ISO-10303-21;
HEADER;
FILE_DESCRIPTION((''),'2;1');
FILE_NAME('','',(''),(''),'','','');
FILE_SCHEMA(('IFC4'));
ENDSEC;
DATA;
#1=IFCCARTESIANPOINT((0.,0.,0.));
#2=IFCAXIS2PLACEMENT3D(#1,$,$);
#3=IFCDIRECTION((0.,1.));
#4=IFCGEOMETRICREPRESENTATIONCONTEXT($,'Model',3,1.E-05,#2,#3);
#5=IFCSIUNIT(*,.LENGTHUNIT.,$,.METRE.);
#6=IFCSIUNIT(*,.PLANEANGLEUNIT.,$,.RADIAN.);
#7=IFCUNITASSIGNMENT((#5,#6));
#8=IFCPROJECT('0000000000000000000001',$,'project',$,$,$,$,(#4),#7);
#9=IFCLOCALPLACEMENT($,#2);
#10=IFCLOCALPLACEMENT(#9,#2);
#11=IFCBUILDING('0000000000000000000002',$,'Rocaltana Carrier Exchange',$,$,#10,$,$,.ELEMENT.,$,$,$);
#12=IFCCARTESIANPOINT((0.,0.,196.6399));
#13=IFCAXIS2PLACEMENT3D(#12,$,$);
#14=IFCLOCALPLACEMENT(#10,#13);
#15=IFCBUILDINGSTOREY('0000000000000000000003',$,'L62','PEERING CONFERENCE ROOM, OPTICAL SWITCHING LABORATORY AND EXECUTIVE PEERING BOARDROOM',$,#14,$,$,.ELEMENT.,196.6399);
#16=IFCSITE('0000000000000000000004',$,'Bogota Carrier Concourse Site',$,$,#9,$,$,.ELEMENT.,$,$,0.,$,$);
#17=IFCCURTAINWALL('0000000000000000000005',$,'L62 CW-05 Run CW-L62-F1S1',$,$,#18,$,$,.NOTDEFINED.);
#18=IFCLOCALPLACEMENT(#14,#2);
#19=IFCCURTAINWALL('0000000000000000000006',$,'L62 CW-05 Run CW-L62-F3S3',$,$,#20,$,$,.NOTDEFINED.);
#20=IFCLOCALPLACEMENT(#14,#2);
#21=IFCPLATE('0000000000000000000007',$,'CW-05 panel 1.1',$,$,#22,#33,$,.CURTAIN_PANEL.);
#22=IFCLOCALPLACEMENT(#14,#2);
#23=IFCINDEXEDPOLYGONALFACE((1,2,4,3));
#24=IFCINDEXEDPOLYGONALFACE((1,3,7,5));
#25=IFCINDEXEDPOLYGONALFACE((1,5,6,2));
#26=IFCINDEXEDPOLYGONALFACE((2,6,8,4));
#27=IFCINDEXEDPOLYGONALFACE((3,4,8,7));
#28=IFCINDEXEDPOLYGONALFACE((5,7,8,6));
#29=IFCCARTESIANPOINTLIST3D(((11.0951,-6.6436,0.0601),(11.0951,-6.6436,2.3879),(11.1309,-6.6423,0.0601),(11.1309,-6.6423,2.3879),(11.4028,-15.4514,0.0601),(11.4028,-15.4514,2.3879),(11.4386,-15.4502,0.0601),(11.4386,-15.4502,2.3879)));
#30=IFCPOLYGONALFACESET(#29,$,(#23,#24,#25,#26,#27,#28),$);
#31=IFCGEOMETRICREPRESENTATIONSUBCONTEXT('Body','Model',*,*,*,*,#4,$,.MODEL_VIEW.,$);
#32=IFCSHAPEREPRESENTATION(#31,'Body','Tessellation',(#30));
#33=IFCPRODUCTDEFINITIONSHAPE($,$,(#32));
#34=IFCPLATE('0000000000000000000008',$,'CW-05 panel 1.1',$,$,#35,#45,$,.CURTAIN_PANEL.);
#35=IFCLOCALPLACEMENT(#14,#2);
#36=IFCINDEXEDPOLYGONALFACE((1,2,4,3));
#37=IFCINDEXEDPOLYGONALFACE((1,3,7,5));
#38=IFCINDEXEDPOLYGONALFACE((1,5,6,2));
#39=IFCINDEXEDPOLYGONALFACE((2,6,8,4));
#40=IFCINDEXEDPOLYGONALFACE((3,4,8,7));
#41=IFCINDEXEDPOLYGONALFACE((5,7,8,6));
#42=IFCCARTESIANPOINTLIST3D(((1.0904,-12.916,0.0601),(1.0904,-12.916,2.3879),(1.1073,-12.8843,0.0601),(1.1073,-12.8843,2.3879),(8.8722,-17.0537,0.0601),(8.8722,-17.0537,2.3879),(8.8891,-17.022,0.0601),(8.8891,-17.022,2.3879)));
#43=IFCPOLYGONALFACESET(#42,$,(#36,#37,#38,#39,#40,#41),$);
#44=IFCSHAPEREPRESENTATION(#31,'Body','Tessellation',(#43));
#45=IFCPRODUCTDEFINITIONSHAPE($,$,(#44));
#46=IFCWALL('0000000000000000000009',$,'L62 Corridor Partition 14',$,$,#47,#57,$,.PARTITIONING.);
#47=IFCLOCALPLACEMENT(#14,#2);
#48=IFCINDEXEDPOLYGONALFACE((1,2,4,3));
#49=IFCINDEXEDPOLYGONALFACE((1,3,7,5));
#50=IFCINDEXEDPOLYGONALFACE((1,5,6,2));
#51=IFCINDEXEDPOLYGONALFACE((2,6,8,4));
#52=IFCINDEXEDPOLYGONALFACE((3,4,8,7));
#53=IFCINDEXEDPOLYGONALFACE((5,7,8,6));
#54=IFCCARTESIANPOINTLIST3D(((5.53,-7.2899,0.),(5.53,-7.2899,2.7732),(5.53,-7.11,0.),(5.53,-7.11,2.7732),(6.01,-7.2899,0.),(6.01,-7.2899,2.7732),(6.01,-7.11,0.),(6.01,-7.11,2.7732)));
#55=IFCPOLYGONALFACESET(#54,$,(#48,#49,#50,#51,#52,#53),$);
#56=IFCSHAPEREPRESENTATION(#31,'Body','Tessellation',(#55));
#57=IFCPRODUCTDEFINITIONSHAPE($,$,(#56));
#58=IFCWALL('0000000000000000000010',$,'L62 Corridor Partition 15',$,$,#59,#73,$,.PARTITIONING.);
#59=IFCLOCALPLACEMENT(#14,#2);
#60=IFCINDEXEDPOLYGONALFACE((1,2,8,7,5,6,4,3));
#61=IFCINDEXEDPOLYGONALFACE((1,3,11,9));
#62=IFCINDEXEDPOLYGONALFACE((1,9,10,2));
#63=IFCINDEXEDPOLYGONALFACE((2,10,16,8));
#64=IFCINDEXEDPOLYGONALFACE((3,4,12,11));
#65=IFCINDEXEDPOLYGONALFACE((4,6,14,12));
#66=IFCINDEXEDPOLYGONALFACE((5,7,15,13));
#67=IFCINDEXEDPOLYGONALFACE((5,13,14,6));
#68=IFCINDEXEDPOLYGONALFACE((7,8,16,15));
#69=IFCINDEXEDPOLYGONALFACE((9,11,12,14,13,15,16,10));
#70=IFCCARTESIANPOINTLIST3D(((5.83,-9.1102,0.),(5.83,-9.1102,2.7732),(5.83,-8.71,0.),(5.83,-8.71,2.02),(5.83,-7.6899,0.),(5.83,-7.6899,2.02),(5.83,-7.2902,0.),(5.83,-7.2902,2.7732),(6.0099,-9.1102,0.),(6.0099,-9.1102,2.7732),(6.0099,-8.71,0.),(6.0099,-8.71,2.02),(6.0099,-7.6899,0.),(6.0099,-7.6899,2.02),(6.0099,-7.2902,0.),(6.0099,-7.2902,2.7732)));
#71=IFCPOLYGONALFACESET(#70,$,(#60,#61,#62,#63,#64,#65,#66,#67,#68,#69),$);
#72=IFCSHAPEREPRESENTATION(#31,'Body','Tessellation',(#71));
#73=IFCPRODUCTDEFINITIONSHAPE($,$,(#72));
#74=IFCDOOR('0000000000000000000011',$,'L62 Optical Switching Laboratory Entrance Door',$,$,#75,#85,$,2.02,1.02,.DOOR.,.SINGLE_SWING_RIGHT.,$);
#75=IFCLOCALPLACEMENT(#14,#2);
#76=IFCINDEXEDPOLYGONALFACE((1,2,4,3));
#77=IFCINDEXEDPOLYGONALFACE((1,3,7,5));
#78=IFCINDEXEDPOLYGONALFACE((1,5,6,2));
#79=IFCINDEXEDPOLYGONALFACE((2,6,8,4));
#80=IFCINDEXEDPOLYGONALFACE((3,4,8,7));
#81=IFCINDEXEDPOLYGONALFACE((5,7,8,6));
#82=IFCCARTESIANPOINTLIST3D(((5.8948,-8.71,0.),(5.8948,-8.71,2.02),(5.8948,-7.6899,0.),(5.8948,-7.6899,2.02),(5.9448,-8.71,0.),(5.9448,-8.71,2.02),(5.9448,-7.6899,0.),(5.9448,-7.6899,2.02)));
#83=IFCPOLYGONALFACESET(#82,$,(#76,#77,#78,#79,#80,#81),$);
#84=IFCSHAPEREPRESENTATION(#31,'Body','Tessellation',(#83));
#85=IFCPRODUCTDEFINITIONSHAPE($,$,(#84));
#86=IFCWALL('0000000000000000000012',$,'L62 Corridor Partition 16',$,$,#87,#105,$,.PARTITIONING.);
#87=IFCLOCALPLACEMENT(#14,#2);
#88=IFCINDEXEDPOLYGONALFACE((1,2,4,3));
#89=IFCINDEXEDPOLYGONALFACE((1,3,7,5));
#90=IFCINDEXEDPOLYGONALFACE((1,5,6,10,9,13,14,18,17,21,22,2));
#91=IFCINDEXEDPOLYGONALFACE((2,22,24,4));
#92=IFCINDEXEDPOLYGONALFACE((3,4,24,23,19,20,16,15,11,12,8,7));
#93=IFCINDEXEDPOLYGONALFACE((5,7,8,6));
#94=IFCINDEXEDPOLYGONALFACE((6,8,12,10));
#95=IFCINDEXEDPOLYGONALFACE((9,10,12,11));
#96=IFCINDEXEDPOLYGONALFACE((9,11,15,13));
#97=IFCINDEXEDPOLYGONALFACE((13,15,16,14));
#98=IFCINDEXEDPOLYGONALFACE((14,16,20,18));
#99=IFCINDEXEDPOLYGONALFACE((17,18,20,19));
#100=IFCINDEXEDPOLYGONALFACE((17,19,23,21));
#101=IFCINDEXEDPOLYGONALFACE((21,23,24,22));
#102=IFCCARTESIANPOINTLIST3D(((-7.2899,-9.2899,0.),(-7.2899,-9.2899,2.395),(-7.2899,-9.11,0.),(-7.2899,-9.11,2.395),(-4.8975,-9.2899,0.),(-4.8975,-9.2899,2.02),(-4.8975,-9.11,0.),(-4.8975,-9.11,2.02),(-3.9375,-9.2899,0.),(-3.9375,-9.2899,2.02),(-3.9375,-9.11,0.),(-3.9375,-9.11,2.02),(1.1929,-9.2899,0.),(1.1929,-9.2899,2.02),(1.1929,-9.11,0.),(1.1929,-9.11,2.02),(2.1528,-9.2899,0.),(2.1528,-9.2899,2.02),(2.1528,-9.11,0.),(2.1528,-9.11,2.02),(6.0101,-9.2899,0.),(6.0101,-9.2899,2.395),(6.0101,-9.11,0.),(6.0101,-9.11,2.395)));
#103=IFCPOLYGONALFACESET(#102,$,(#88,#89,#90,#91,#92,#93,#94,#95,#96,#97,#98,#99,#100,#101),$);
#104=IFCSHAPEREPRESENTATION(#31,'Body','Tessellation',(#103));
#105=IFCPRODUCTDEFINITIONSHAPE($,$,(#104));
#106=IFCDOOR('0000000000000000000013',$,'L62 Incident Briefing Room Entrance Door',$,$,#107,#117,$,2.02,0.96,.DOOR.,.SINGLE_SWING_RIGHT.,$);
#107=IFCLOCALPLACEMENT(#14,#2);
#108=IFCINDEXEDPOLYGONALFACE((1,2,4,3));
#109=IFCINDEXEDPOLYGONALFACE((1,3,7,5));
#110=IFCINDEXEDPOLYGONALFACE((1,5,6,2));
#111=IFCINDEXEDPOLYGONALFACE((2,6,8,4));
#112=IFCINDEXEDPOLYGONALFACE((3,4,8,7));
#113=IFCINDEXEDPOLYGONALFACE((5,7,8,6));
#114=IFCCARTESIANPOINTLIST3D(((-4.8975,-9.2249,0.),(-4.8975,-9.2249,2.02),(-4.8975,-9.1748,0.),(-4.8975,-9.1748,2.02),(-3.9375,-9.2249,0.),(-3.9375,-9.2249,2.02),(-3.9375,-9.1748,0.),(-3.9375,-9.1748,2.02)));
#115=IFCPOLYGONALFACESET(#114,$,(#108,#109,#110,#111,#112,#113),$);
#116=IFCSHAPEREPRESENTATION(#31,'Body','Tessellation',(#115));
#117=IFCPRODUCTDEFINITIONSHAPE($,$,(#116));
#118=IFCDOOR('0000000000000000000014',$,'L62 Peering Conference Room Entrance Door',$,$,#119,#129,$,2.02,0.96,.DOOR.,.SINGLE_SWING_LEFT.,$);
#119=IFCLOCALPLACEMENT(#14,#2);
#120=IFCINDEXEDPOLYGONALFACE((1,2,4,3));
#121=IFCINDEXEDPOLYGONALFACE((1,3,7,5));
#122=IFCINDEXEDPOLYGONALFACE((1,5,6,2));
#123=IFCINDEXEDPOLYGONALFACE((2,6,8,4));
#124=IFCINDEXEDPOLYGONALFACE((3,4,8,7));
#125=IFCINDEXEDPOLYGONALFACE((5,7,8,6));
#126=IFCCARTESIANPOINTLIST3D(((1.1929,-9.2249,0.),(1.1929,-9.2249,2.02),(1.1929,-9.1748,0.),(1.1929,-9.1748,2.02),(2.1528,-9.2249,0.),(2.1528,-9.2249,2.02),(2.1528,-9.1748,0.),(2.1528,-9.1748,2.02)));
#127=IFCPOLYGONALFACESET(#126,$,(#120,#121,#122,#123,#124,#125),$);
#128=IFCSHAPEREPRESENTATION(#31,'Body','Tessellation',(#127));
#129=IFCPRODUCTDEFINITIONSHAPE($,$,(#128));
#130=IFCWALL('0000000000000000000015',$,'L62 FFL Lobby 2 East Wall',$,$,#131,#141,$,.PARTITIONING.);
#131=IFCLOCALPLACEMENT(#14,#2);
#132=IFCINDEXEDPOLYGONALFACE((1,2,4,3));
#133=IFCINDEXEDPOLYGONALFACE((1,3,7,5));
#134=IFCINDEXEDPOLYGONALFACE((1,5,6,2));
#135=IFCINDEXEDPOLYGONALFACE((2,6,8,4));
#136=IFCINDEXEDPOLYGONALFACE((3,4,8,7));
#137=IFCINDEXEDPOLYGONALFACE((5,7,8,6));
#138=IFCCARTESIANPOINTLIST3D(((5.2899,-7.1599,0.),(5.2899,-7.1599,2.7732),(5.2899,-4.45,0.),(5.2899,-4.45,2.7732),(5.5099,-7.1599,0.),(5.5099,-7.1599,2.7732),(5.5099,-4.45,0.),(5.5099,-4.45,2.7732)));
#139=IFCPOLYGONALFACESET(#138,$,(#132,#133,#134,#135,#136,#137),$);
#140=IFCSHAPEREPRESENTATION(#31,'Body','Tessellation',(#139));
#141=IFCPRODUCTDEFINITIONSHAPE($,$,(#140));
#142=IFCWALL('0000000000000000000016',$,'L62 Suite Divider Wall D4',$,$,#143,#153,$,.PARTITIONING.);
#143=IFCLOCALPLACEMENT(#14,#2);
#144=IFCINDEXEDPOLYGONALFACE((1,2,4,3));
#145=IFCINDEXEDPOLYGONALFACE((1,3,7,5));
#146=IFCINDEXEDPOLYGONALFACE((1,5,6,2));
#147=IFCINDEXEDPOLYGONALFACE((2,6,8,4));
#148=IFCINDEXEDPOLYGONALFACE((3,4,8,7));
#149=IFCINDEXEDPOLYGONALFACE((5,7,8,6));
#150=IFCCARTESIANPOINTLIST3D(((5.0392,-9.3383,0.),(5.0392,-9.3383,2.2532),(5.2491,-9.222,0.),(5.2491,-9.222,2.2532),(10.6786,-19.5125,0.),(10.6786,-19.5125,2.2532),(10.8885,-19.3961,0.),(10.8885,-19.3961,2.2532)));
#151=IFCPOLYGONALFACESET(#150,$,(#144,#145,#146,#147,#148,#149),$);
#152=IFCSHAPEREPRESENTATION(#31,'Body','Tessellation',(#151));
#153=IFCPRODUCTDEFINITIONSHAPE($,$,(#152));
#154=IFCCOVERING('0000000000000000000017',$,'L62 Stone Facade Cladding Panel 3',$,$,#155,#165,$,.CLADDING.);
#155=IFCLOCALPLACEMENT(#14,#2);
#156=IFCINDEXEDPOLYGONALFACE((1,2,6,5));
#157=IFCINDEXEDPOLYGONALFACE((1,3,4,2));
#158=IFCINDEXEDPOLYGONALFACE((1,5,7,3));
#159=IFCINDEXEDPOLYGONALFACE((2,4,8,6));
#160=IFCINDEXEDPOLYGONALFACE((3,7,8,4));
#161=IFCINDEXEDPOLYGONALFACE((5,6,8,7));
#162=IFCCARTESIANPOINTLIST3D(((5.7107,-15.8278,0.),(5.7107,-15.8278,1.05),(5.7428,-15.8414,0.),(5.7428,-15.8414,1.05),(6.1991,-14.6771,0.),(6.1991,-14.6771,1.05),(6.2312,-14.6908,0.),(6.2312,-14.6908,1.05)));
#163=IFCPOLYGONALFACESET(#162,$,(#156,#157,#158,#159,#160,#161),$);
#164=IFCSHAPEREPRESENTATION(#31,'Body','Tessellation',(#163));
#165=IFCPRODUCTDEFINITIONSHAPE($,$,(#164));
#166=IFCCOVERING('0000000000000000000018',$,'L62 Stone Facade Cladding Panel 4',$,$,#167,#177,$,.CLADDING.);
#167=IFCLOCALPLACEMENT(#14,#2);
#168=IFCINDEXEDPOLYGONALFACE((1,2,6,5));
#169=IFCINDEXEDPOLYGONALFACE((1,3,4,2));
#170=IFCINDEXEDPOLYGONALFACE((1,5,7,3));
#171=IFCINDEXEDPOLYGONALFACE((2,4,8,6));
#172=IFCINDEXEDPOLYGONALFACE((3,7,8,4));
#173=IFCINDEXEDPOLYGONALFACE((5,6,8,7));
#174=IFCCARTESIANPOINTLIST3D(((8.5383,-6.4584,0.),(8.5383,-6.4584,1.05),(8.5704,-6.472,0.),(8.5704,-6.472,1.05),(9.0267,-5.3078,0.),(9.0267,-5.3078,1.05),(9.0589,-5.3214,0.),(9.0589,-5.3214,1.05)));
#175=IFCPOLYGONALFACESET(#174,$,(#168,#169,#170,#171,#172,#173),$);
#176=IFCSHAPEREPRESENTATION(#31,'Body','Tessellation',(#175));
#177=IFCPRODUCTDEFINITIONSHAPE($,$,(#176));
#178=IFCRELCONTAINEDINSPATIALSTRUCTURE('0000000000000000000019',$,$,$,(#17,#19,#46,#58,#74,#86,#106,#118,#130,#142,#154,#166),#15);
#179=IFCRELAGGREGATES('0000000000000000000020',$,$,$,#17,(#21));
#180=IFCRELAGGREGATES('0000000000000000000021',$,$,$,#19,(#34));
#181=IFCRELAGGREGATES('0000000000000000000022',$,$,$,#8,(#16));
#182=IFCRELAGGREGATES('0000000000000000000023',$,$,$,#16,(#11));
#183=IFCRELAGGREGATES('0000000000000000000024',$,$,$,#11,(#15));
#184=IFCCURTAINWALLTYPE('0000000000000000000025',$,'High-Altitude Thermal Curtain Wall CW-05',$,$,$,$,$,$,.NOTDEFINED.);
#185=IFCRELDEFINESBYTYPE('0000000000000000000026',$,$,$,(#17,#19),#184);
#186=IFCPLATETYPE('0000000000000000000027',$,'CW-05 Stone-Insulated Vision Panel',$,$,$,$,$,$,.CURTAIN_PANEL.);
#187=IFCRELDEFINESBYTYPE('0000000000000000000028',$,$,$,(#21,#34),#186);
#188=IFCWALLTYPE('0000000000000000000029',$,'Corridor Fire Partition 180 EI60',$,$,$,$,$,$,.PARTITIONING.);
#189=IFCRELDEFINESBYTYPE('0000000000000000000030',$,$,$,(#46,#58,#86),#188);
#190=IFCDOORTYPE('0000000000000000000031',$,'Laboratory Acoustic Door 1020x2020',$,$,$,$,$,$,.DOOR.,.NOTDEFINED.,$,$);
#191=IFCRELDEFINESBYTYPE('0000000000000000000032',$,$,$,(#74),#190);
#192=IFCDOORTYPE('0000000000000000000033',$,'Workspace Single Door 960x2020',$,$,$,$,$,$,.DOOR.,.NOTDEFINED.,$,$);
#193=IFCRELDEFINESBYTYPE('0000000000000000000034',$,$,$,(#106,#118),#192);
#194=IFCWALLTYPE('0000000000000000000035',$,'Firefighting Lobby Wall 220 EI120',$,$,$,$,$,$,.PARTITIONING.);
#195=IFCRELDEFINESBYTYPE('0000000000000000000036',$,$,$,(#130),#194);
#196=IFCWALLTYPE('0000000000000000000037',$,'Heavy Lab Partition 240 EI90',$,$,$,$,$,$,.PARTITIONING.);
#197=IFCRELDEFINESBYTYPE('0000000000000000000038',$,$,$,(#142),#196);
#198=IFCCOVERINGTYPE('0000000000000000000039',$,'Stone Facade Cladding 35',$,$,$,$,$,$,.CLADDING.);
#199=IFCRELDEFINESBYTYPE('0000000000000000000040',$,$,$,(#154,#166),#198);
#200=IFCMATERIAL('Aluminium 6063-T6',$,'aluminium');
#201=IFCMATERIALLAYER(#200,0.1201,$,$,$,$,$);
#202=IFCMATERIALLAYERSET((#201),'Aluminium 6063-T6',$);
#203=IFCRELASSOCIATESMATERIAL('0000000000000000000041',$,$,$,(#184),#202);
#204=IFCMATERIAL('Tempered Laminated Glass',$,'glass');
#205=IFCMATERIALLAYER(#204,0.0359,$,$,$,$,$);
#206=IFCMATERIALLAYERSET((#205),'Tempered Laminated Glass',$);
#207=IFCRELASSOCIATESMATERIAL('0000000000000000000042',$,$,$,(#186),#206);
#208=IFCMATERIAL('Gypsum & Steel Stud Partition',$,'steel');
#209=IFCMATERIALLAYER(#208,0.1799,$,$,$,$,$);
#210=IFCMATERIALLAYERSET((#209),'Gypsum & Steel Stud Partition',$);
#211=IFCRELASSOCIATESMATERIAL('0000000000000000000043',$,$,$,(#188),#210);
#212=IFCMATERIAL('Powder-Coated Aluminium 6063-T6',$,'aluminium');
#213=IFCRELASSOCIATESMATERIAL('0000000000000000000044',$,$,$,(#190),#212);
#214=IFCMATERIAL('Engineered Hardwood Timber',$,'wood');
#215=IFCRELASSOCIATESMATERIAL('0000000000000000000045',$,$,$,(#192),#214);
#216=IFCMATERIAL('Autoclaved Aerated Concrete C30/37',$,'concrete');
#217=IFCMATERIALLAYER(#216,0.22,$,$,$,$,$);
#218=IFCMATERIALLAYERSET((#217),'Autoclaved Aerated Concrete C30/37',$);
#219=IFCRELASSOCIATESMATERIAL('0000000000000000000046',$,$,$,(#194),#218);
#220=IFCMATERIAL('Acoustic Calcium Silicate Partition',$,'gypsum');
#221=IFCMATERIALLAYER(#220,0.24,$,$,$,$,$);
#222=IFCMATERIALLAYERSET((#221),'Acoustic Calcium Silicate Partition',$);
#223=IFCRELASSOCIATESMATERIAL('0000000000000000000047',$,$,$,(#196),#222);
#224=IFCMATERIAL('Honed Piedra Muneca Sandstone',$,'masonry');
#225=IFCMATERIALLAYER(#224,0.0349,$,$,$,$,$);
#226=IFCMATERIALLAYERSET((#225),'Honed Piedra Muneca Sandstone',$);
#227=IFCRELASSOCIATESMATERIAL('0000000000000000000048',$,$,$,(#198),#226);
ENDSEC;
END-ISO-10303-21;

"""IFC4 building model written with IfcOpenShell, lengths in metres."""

from ifc_helpers import new_model, si_unit, direction, frame, frame_2d, origin, origin_2d, place, context, subcontext, project, spatial, rectangle, extrude, material, layer, layer_set, type_object, element, fill, aggregate, save


model = new_model("IFC4")

# Units and contexts
model_context = context("Model", 3, precision=1e-05, world=origin(), true_north=direction((0.0, 1.0)))
body_context = subcontext(model_context, "Body", "Model", "MODEL_VIEW")
ifc_project = project(units=[si_unit("LENGTHUNIT", "METRE"), si_unit("PLANEANGLEUNIT", "RADIAN")], contexts=[model_context])

# Site, building, storey
site_placement = place(None, origin())
site = spatial("IfcSite", under=ifc_project, at=site_placement, Name="Bogota Carrier Concourse Site", CompositionType="ELEMENT", RefElevation=0.0)
building_placement = place(site_placement, origin())
building = spatial("IfcBuilding", under=site, at=building_placement, Name="Rocaltana Carrier Exchange", CompositionType="ELEMENT")
storey_placement = place(building_placement, frame((0.0, 0.0, 196.6399)))
storey = spatial("IfcBuildingStorey", under=building, at=storey_placement, Name="L62", Description="PEERING CONFERENCE ROOM, OPTICAL SWITCHING LABORATORY AND EXECUTIVE PEERING BOARDROOM", CompositionType="ELEMENT", Elevation=196.6399)

# Curtain walls
ifc_material_1 = material(Name="Aluminium 6063-T6", Category="aluminium")
ifc_layer_1 = layer(ifc_material_1, 0.1201)
ifc_layer_set_1 = layer_set([ifc_layer_1], Name="Aluminium 6063-T6")
curtain_wall_type = type_object("IfcCurtainWallType", Name="High-Altitude Thermal Curtain Wall CW-05", PredefinedType="NOTDEFINED", material=ifc_layer_set_1)
curtain_wall_1_placement = place(storey_placement, origin())
curtain_wall_1 = element("IfcCurtainWall", 1, at=curtain_wall_1_placement, inside=storey, type_object=curtain_wall_type, Name="L62 CW-05 Run CW-L62-F1S1", PredefinedType="NOTDEFINED")
curtain_wall_2_placement = place(storey_placement, origin())
curtain_wall_2 = element("IfcCurtainWall", 2, at=curtain_wall_2_placement, inside=storey, type_object=curtain_wall_type, Name="L62 CW-05 Run CW-L62-F3S3", PredefinedType="NOTDEFINED")

# Plates
ifc_material_2 = material(Name="Tempered Laminated Glass", Category="glass")
ifc_layer_2 = layer(ifc_material_2, 0.0359)
ifc_layer_set_2 = layer_set([ifc_layer_2], Name="Tempered Laminated Glass")
plate_type = type_object("IfcPlateType", Name="CW-05 Stone-Insulated Vision Panel", PredefinedType="CURTAIN_PANEL", material=ifc_layer_set_2)
plate_1_placement = place(storey_placement, frame((11.2668, -11.0469, 0.0601), z_axis=(0.0, 0.0, 1.0), x_axis=(-0.034914, 0.99939, 0.0)))
plate_1 = element("IfcPlate", 3, at=plate_1_placement, type_object=plate_type, Name="CW-05 panel 1.1", PredefinedType="CURTAIN_PANEL", context=body_context, shape_type="SweptSolid", body=[
    extrude(rectangle(XDim=8.8132, YDim=0.0359, at=origin_2d()), origin(), (0.0, 0.0, 1.0), 2.3279),
])
aggregate(curtain_wall_1, [plate_1])
plate_2_placement = place(storey_placement, frame((4.9897, -14.969, 0.0601), z_axis=(0.0, 0.0, 1.0), x_axis=(0.882946, -0.469475, 0.0)))
plate_2 = element("IfcPlate", 4, at=plate_2_placement, type_object=plate_type, Name="CW-05 panel 1.1", PredefinedType="CURTAIN_PANEL", context=body_context, shape_type="SweptSolid", body=[
    extrude(rectangle(XDim=8.8135, YDim=0.0359, at=origin_2d()), origin(), (0.0, 0.0, 1.0), 2.3279),
])
aggregate(curtain_wall_2, [plate_2])

# Wall
ifc_material_3 = material(Name="Gypsum & Steel Stud Partition", Category="steel")
ifc_layer_3 = layer(ifc_material_3, 0.1799)
ifc_layer_set_3 = layer_set([ifc_layer_3], Name="Gypsum & Steel Stud Partition")
wall_type_1 = type_object("IfcWallType", Name="Corridor Fire Partition 180 EI60", PredefinedType="PARTITIONING", material=ifc_layer_set_3)
wall_1_placement = place(storey_placement, frame((5.53, -7.2, 0.0), z_axis=(0.0, 0.0, 1.0), x_axis=(1.0, 0.0, 0.0)))
element("IfcWall", 5, at=wall_1_placement, inside=storey, type_object=wall_type_1, Name="L62 Corridor Partition 14", PredefinedType="PARTITIONING", context=body_context, shape_type="SweptSolid", body=[
    extrude(rectangle(XDim=0.48, YDim=0.1799, at=frame_2d((0.24, 0.0))), origin(), (0.0, 0.0, 1.0), 2.7732),
])

# Wall, opening, door
wall_2_placement = place(storey_placement, frame((5.9199, -7.29, 0.0), z_axis=(0.0, 0.0, 1.0), x_axis=(0.0, -1.0, 0.0)))
wall_2 = element("IfcWall", 6, at=wall_2_placement, inside=storey, type_object=wall_type_1, Name="L62 Corridor Partition 15", PredefinedType="PARTITIONING", context=body_context, shape_type="SweptSolid", body=[
    extrude(rectangle(XDim=1.8201, YDim=0.1799, at=frame_2d((0.9102, 0.0))), origin(), (0.0, 0.0, 1.0), 2.7732),
])
opening_1_placement = place(wall_2_placement, frame((0.3999, 0.0, 0.0)))
opening_1 = element("IfcOpeningElement", 7, at=opening_1_placement, cuts=wall_2, PredefinedType="OPENING", context=body_context, shape_type="SweptSolid", body=[
    extrude(rectangle(XDim=1.02, YDim=2.02, at=frame_2d((0.51, 1.01))), frame((0.0, 0.0999, 0.0), z_axis=(0.0, -1.0, 0.0), x_axis=(1.0, 0.0, 0.0)), (0.0, 0.0, 1.0), 0.2),
])
ifc_material_4 = material(Name="Powder-Coated Aluminium 6063-T6", Category="aluminium")
door_type_1 = type_object("IfcDoorType", Name="Laboratory Acoustic Door 1020x2020", OperationType="NOTDEFINED", PredefinedType="DOOR", material=ifc_material_4)
door_1_placement = place(opening_1_placement, origin())
door_1 = element("IfcDoor", 8, at=door_1_placement, inside=storey, type_object=door_type_1, Name="L62 Optical Switching Laboratory Entrance Door", OperationType="SINGLE_SWING_RIGHT", OverallHeight=2.02, OverallWidth=1.02, PredefinedType="DOOR", context=body_context, shape_type="SweptSolid", body=[
    extrude(rectangle(XDim=1.02, YDim=2.02, at=frame_2d((0.51, 1.01))), frame((0.0, 0.0249, 0.0), z_axis=(0.0, -1.0, 0.0), x_axis=(1.0, 0.0, 0.0)), (0.0, 0.0, 1.0), 0.05),
])
fill(opening_1, door_1)

# Wall, openings, doors
wall_3_placement = place(storey_placement, frame((6.01, -9.2, 0.0), z_axis=(0.0, 0.0, 1.0), x_axis=(-1.0, 0.0, 0.0)))
wall_3 = element("IfcWall", 9, at=wall_3_placement, inside=storey, type_object=wall_type_1, Name="L62 Corridor Partition 16", PredefinedType="PARTITIONING", context=body_context, shape_type="SweptSolid", body=[
    extrude(rectangle(XDim=13.3, YDim=0.1799, at=frame_2d((6.6499, 0.0))), origin(), (0.0, 0.0, 1.0), 2.395),
])
opening_2_placement = place(wall_3_placement, frame((9.9475, 0.0, 0.0)))
opening_2 = element("IfcOpeningElement", 10, at=opening_2_placement, cuts=wall_3, PredefinedType="OPENING", context=body_context, shape_type="SweptSolid", body=[
    extrude(rectangle(XDim=0.96, YDim=2.02, at=frame_2d((0.48, 1.01))), frame((0.0, 0.0999, 0.0), z_axis=(0.0, -1.0, 0.0), x_axis=(1.0, 0.0, 0.0)), (0.0, 0.0, 1.0), 0.2),
])
opening_3_placement = place(wall_3_placement, frame((3.8572, 0.0, 0.0)))
opening_3 = element("IfcOpeningElement", 11, at=opening_3_placement, cuts=wall_3, PredefinedType="OPENING", context=body_context, shape_type="SweptSolid", body=[
    extrude(rectangle(XDim=0.96, YDim=2.02, at=frame_2d((0.48, 1.01))), frame((0.0, 0.0999, 0.0), z_axis=(0.0, -1.0, 0.0), x_axis=(1.0, 0.0, 0.0)), (0.0, 0.0, 1.0), 0.2),
])
ifc_material_5 = material(Name="Engineered Hardwood Timber", Category="wood")
door_type_2 = type_object("IfcDoorType", Name="Workspace Single Door 960x2020", OperationType="NOTDEFINED", PredefinedType="DOOR", material=ifc_material_5)
door_2_placement = place(opening_2_placement, origin())
door_2 = element("IfcDoor", 12, at=door_2_placement, inside=storey, type_object=door_type_2, Name="L62 Incident Briefing Room Entrance Door", OperationType="SINGLE_SWING_RIGHT", OverallHeight=2.02, OverallWidth=0.96, PredefinedType="DOOR", context=body_context, shape_type="SweptSolid", body=[
    extrude(rectangle(XDim=0.96, YDim=2.02, at=frame_2d((0.48, 1.01))), frame((0.0, 0.0249, 0.0), z_axis=(0.0, -1.0, 0.0), x_axis=(1.0, 0.0, 0.0)), (0.0, 0.0, 1.0), 0.05),
])
fill(opening_2, door_2)
door_3_placement = place(opening_3_placement, origin())
door_3 = element("IfcDoor", 13, at=door_3_placement, inside=storey, type_object=door_type_2, Name="L62 Peering Conference Room Entrance Door", OperationType="SINGLE_SWING_LEFT", OverallHeight=2.02, OverallWidth=0.96, PredefinedType="DOOR", context=body_context, shape_type="SweptSolid", body=[
    extrude(rectangle(XDim=0.96, YDim=2.02, at=frame_2d((0.48, 1.01))), frame((0.0, 0.0249, 0.0), z_axis=(0.0, -1.0, 0.0), x_axis=(1.0, 0.0, 0.0)), (0.0, 0.0, 1.0), 0.05),
])
fill(opening_3, door_3)

# Walls
ifc_material_6 = material(Name="Autoclaved Aerated Concrete C30/37", Category="concrete")
ifc_layer_4 = layer(ifc_material_6, 0.22)
ifc_layer_set_4 = layer_set([ifc_layer_4], Name="Autoclaved Aerated Concrete C30/37")
wall_type_2 = type_object("IfcWallType", Name="Firefighting Lobby Wall 220 EI120", PredefinedType="PARTITIONING", material=ifc_layer_set_4)
wall_4_placement = place(storey_placement, frame((5.3999, -7.1599, 0.0), z_axis=(0.0, 0.0, 1.0), x_axis=(0.0, 1.0, 0.0)))
element("IfcWall", 14, at=wall_4_placement, inside=storey, type_object=wall_type_2, Name="L62 FFL Lobby 2 East Wall", PredefinedType="PARTITIONING", context=body_context, shape_type="SweptSolid", body=[
    extrude(rectangle(XDim=2.71, YDim=0.22, at=frame_2d((1.355, 0.0))), origin(), (0.0, 0.0, 1.0), 2.7732),
])
ifc_material_7 = material(Name="Acoustic Calcium Silicate Partition", Category="gypsum")
ifc_layer_5 = layer(ifc_material_7, 0.24)
ifc_layer_set_5 = layer_set([ifc_layer_5], Name="Acoustic Calcium Silicate Partition")
wall_type_3 = type_object("IfcWallType", Name="Heavy Lab Partition 240 EI90", PredefinedType="PARTITIONING", material=ifc_layer_set_5)
wall_5_placement = place(storey_placement, frame((5.144, -9.28, 0.0), z_axis=(0.0, 0.0, 1.0), x_axis=(0.484798, -0.874626, 0.0)))
element("IfcWall", 15, at=wall_5_placement, inside=storey, type_object=wall_type_3, Name="L62 Suite Divider Wall D4", PredefinedType="PARTITIONING", context=body_context, shape_type="SweptSolid", body=[
    extrude(rectangle(XDim=11.6326, YDim=0.24, at=frame_2d((5.8164, 0.0))), origin(), (0.0, 0.0, 1.0), 2.2532),
])

# Coverings
ifc_material_8 = material(Name="Honed Piedra Muneca Sandstone", Category="masonry")
ifc_layer_6 = layer(ifc_material_8, 0.0349)
ifc_layer_set_6 = layer_set([ifc_layer_6], Name="Honed Piedra Muneca Sandstone")
covering_type = type_object("IfcCoveringType", Name="Stone Facade Cladding 35", PredefinedType="CLADDING", material=ifc_layer_set_6)
for number, where, z_axis, x_axis, name in (
    (16, (5.9709, -15.2593, 0.0), (0.0, 0.0, 1.0), (0.390731, 0.920505, 0.0), "L62 Stone Facade Cladding Panel 3"),
    (17, (8.7986, -5.8899, 0.0), (0.0, 0.0, 1.0), (0.390731, 0.920505, 0.0), "L62 Stone Facade Cladding Panel 4"),
):
    element("IfcCovering", number, at=place(storey_placement, frame(where, z_axis=z_axis, x_axis=x_axis)), inside=storey, type_object=covering_type, Name=name, PredefinedType="CLADDING", context=body_context, shape_type="SweptSolid", body=[
        extrude(rectangle(XDim=1.25, YDim=0.0349, at=origin_2d()), origin(), (0.0, 0.0, 1.0), 1.05),
    ])

save(model, "model.ifc")
